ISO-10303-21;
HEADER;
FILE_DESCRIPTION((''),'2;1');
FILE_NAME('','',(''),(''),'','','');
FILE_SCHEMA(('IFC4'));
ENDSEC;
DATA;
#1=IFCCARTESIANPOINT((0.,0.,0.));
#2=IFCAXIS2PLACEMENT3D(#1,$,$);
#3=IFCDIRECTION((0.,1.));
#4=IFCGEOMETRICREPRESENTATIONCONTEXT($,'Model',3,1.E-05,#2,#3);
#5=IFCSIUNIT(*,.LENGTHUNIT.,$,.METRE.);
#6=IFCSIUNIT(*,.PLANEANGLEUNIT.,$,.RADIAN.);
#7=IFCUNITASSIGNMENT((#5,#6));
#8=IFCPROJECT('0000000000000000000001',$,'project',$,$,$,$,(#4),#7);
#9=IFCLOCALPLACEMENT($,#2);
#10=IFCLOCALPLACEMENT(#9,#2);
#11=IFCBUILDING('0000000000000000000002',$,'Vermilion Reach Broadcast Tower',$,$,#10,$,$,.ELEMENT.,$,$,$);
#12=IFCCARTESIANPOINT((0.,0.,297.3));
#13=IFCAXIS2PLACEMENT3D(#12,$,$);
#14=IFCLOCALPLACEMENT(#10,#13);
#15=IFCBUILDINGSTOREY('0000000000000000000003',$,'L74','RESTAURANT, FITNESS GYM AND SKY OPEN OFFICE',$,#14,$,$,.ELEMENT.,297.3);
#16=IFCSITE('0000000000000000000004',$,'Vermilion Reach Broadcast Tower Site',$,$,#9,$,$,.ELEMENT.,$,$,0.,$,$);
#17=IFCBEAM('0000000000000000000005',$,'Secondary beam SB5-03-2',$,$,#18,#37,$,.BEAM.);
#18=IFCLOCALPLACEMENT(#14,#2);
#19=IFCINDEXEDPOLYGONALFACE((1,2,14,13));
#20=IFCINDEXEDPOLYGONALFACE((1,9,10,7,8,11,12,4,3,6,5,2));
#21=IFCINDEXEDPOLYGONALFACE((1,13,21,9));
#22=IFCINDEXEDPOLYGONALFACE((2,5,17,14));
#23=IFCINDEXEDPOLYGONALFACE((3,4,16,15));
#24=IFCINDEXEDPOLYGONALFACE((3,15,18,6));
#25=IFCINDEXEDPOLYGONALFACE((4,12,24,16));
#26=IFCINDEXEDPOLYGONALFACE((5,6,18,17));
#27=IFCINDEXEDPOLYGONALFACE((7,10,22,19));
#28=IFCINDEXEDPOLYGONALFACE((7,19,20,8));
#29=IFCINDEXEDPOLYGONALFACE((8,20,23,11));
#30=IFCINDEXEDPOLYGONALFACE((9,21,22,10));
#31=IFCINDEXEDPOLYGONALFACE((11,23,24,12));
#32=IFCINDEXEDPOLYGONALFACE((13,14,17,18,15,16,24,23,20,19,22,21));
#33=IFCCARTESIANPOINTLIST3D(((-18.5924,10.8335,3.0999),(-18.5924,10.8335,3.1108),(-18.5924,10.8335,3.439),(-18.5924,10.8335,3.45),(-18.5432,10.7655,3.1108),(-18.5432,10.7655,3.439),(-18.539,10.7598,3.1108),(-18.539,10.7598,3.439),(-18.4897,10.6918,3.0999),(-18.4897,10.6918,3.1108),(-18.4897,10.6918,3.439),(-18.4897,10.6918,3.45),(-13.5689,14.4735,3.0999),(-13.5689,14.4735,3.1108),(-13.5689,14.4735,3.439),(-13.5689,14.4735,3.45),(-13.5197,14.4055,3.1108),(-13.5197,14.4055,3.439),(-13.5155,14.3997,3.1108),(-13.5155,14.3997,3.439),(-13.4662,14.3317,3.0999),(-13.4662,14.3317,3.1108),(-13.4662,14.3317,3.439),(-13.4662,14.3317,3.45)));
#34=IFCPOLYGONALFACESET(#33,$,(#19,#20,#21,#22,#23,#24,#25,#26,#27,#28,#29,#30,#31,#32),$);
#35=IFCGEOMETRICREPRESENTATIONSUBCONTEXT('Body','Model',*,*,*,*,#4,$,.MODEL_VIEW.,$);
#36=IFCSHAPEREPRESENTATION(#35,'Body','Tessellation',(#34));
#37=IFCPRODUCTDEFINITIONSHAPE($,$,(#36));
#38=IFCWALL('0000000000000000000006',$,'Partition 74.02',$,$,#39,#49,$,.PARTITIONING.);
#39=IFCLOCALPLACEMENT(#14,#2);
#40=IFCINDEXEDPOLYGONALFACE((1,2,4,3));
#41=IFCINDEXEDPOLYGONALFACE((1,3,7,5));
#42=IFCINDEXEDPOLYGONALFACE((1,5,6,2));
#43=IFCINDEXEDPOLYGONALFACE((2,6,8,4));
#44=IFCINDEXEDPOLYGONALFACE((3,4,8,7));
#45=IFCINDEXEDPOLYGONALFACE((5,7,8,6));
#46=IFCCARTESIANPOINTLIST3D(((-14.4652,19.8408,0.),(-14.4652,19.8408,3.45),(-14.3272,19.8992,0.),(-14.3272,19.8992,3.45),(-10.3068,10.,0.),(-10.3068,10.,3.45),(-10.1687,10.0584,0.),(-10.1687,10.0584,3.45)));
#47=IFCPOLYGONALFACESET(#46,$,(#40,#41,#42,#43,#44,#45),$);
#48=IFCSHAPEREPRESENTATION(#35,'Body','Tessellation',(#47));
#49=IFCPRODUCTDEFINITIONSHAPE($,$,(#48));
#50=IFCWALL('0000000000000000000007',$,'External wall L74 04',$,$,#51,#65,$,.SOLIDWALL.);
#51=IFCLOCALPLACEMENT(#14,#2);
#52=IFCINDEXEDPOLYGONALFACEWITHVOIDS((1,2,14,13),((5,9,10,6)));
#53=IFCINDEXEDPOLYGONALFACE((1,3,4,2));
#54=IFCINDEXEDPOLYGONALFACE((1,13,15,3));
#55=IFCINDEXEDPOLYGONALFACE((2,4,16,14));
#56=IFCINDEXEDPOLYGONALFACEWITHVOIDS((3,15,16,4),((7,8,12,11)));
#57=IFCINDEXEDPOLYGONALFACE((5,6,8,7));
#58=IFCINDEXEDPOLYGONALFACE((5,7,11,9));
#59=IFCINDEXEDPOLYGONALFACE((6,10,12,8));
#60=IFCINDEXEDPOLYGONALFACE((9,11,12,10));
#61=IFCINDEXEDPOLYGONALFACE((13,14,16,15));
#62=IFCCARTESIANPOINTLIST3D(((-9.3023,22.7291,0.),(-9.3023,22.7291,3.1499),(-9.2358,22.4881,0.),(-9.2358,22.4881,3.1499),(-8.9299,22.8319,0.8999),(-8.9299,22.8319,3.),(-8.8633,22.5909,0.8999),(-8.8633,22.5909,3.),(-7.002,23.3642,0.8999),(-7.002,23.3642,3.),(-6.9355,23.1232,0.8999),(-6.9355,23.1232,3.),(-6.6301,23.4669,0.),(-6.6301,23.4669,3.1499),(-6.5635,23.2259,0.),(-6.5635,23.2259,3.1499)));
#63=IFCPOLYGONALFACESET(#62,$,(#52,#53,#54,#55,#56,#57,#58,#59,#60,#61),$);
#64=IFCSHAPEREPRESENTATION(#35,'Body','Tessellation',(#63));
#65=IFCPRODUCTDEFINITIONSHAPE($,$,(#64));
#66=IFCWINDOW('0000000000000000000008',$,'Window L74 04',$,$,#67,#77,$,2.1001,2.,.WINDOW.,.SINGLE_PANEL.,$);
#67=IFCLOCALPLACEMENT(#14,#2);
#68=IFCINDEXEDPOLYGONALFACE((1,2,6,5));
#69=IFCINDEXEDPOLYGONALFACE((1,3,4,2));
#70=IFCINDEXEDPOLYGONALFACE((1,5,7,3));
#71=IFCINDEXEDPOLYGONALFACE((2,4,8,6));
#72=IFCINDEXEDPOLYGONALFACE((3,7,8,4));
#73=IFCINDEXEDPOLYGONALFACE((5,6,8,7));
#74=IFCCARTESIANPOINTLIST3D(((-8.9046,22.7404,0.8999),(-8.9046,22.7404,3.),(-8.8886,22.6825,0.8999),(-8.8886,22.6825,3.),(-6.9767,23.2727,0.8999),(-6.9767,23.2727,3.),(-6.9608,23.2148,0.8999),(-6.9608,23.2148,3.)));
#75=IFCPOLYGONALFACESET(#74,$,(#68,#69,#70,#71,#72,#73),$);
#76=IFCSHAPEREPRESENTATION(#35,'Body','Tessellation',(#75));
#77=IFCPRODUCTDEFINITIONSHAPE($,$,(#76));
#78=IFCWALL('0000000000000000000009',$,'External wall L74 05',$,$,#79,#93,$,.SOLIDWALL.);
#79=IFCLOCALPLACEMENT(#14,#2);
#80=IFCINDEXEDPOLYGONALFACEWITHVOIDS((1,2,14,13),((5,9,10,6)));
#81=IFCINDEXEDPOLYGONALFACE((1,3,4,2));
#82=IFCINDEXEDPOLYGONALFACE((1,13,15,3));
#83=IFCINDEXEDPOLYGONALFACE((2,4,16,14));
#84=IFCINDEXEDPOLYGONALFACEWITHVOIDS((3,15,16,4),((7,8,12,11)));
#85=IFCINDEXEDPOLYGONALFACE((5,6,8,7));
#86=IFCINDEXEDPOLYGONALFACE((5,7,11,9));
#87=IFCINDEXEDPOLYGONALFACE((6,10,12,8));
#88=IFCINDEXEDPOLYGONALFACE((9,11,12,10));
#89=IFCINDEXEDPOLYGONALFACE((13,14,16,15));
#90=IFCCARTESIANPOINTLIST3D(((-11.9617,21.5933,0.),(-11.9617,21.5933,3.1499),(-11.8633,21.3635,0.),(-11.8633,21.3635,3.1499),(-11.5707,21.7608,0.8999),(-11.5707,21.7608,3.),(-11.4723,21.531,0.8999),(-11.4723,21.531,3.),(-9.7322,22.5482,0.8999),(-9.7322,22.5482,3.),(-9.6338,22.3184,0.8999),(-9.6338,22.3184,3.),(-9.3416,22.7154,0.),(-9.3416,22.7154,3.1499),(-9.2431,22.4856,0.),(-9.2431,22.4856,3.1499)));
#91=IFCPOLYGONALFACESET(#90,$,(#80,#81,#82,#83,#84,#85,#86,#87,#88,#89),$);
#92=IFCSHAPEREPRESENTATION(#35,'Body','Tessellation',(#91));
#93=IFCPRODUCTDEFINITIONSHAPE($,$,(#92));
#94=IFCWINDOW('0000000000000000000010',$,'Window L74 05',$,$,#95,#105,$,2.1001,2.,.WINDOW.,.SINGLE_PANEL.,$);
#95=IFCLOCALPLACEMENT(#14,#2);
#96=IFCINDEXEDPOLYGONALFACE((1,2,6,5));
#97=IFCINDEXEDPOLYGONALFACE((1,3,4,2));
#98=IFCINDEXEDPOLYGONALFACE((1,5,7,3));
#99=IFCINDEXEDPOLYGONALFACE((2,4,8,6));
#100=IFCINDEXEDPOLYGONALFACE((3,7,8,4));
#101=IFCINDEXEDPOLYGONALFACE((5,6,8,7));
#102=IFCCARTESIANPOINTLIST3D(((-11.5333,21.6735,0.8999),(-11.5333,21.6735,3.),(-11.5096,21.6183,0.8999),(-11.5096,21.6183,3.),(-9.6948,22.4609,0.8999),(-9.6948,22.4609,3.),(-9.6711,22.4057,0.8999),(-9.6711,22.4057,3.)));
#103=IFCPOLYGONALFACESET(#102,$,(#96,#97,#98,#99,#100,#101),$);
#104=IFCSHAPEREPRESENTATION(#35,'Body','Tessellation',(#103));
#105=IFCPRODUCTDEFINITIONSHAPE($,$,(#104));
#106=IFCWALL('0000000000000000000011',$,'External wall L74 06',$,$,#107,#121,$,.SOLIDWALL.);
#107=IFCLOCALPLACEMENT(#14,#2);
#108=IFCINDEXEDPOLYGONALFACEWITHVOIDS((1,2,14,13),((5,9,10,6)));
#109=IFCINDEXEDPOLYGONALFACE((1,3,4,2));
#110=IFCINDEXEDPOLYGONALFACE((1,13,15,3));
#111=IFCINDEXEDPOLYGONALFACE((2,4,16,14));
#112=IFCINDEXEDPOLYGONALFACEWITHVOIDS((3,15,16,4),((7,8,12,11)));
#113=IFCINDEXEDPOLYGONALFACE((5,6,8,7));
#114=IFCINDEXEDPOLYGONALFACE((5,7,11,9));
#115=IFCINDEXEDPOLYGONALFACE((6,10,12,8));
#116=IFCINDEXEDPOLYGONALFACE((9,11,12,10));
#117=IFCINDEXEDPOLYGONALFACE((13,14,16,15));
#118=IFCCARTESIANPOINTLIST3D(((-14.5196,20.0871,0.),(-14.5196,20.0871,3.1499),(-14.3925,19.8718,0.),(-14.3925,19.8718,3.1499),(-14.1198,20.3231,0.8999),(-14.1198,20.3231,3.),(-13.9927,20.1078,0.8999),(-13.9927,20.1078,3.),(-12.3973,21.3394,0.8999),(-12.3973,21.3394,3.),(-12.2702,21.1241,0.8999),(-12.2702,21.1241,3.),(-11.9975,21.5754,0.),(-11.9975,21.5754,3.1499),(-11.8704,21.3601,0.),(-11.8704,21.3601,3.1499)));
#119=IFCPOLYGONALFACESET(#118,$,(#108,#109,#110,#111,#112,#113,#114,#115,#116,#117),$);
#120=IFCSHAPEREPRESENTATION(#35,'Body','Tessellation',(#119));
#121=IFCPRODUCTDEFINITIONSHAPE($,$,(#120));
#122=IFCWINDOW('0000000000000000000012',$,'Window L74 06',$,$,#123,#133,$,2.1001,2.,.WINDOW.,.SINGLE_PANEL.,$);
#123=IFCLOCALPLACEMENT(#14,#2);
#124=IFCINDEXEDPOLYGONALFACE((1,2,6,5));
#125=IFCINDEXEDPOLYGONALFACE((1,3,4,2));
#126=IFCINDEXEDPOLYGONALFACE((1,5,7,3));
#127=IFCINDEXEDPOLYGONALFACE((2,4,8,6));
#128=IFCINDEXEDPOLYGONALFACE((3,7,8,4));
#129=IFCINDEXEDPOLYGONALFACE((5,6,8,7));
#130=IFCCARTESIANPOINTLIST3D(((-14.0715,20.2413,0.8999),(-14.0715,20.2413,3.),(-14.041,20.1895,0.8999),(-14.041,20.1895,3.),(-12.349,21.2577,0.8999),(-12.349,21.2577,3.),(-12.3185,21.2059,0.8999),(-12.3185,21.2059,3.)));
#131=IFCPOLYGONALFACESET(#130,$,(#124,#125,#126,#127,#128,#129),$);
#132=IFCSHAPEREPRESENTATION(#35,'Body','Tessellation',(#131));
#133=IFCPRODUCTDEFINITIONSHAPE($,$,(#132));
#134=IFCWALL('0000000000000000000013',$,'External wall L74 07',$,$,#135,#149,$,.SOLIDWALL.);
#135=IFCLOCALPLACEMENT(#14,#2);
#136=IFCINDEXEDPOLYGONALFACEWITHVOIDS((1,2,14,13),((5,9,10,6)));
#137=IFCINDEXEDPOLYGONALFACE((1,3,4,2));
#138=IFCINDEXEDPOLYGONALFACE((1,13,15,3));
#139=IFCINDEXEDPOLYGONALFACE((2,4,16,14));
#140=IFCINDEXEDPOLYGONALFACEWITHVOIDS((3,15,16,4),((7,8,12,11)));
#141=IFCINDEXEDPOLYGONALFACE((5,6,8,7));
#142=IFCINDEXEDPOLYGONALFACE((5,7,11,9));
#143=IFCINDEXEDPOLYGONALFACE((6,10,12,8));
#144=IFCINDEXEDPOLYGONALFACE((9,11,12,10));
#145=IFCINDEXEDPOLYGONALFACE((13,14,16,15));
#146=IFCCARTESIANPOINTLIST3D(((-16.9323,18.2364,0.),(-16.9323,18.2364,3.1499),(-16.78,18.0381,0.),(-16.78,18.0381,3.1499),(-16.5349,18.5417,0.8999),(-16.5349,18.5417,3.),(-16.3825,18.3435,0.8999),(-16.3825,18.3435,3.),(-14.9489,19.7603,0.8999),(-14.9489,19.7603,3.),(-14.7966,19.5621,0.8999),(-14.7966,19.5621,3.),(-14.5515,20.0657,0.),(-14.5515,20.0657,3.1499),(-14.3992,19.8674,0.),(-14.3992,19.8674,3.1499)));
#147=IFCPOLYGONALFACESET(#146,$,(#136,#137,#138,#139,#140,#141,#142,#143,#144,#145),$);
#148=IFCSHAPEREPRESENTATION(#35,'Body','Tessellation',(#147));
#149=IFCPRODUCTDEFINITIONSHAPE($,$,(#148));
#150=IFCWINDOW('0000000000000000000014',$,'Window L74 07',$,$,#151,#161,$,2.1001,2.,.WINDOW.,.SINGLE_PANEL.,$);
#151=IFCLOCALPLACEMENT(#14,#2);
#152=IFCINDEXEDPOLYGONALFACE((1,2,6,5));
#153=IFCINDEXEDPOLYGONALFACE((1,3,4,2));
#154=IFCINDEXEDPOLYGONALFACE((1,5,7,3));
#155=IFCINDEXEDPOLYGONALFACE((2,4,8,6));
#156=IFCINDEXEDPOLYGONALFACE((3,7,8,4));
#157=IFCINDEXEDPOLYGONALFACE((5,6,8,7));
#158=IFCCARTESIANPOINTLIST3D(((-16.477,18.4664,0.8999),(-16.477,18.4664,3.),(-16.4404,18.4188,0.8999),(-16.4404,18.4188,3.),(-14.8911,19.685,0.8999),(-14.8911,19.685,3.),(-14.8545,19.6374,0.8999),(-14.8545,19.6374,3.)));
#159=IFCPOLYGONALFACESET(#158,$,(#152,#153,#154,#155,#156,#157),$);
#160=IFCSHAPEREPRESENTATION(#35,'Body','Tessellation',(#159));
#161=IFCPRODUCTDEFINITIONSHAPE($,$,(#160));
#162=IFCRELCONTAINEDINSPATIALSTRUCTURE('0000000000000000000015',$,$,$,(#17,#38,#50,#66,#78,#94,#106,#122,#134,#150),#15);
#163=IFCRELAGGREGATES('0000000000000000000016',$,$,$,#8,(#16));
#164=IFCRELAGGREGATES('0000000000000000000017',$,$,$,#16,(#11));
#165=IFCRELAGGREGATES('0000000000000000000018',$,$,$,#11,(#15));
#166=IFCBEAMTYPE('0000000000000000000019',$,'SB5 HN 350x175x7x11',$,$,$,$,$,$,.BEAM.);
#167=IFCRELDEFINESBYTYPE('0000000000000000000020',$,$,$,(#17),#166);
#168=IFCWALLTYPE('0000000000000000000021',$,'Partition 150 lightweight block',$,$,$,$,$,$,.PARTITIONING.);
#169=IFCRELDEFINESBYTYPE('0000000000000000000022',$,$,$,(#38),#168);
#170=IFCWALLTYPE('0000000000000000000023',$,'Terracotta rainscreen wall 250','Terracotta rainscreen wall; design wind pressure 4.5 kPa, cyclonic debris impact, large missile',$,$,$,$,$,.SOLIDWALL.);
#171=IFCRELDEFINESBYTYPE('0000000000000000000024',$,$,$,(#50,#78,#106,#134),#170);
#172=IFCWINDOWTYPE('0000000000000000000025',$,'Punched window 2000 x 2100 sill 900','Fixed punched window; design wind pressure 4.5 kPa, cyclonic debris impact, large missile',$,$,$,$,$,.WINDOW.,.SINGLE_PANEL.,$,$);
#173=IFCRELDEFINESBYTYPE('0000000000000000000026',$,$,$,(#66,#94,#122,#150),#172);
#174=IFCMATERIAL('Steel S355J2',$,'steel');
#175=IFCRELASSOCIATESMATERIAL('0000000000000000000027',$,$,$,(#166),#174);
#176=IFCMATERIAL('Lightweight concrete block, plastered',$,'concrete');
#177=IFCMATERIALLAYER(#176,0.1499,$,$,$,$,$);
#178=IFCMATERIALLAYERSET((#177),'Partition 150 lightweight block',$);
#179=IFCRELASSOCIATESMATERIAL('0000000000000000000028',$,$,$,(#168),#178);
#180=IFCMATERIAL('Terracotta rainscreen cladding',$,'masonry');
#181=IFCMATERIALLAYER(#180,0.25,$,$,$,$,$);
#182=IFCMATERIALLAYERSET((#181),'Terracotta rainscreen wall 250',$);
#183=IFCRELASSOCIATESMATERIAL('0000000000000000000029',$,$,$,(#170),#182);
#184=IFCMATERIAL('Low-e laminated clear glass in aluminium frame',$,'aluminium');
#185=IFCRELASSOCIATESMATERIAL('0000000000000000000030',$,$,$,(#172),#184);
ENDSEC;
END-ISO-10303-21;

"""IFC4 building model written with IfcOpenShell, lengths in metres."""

from ifc_helpers import new_model, si_unit, direction, frame, frame_2d, origin, origin_2d, place, context, subcontext, project, spatial, rectangle, i_section, extrude, material, layer, layer_set, material_profile, profile_set, type_object, element, fill, save


model = new_model("IFC4")

# Units and contexts
model_context = context("Model", 3, precision=1e-05, world=origin(), true_north=direction((0.0, 1.0)))
body_context = subcontext(model_context, "Body", "Model", "MODEL_VIEW")
ifc_project = project(units=[si_unit("LENGTHUNIT", "METRE"), si_unit("PLANEANGLEUNIT", "RADIAN")], contexts=[model_context])

# Site, building, storey
site_placement = place(None, origin())
site = spatial("IfcSite", under=ifc_project, at=site_placement, Name="Vermilion Reach Broadcast Tower Site", CompositionType="ELEMENT", RefElevation=0.0)
building_placement = place(site_placement, origin())
building = spatial("IfcBuilding", under=site, at=building_placement, Name="Vermilion Reach Broadcast Tower", CompositionType="ELEMENT")
storey_placement = place(building_placement, frame((0.0, 0.0, 297.3)))
storey = spatial("IfcBuildingStorey", under=building, at=storey_placement, Name="L74", Description="RESTAURANT, FITNESS GYM AND SKY OPEN OFFICE", CompositionType="ELEMENT", Elevation=297.3)

# Beam
ifc_material_1 = material(Name="Steel S355J2", Category="steel")
ifc_material_profile_1 = material_profile(ifc_material_1, i_section(OverallWidth=0.175, OverallDepth=0.3501, WebThickness=0.0071, FlangeThickness=0.011, at=origin_2d()), Name="S355J2 HN 350x175x7x11")
ifc_profile_set_1 = profile_set([ifc_material_profile_1], Name="Steel S355J2")
beam_type_1 = type_object("IfcBeamType", Name="SB5 HN 350x175x7x11", PredefinedType="BEAM", material=ifc_profile_set_1)
beam_1_placement = place(storey_placement, frame((-13.5176, 14.4026, 3.2749), z_axis=(-0.809771, -0.586746, 0.0), x_axis=(0.586746, -0.809771, 0.0)))
element("IfcBeam", 1, at=beam_1_placement, inside=storey, type_object=beam_type_1, Name="Secondary beam SB5-03-2", PredefinedType="BEAM", context=body_context, shape_type="SweptSolid", body=[
    extrude(i_section(OverallWidth=0.175, OverallDepth=0.3501, WebThickness=0.0071, FlangeThickness=0.011, at=origin_2d()), origin(), (0.0, 0.0, 1.0), 6.2036),
])

# Wall
ifc_material_2 = material(Name="Lightweight concrete block, plastered", Category="concrete")
ifc_layer_1 = layer(ifc_material_2, 0.1499)
ifc_layer_set_1 = layer_set([ifc_layer_1], Name="Partition 150 lightweight block")
wall_type_1 = type_object("IfcWallType", Name="Partition 150 lightweight block", PredefinedType="PARTITIONING", material=ifc_layer_set_1)
wall_1_placement = place(storey_placement, frame((-14.3962, 19.8701, 0.0), z_axis=(0.0, 0.0, 1.0), x_axis=(0.389245, -0.921134, 0.0)))
element("IfcWall", 2, at=wall_1_placement, inside=storey, type_object=wall_type_1, Name="Partition 74.02", PredefinedType="PARTITIONING", context=body_context, shape_type="SweptSolid", body=[
    extrude(rectangle(XDim=10.6833, YDim=0.1499, at=frame_2d((5.3418, 0.0))), origin(), (0.0, 0.0, 1.0), 3.45),
])

# Walls, openings, windows
ifc_material_3 = material(Name="Terracotta rainscreen cladding", Category="masonry")
ifc_layer_2 = layer(ifc_material_3, 0.25)
ifc_layer_set_2 = layer_set([ifc_layer_2], Name="Terracotta rainscreen wall 250")
wall_type_2 = type_object("IfcWallType", Name="Terracotta rainscreen wall 250", Description="Terracotta rainscreen wall; design wind pressure 4.5 kPa, cyclonic debris impact, large missile", PredefinedType="SOLIDWALL", material=ifc_layer_set_2)
wall_2_placement = place(storey_placement, frame((-6.5967, 23.3464, 0.0), z_axis=(0.0, 0.0, 1.0), x_axis=(-0.963932, -0.266149, 0.0)))
wall_2 = element("IfcWall", 3, at=wall_2_placement, inside=storey, type_object=wall_type_2, Name="External wall L74 04", PredefinedType="SOLIDWALL", context=body_context, shape_type="SweptSolid", body=[
    extrude(rectangle(XDim=2.7722, YDim=0.25, at=frame_2d((1.3862, 0.0))), origin(), (0.0, 0.0, 1.0), 3.1499),
])
opening_1_placement = place(wall_2_placement, frame((0.386, 0.0, 0.8999)))
opening_1 = element("IfcOpeningElement", 4, at=opening_1_placement, cuts=wall_2, PredefinedType="OPENING", context=body_context, shape_type="SweptSolid", body=[
    extrude(rectangle(XDim=2.0, YDim=2.1001, at=frame_2d((1.0, 1.05))), frame((0.0, 0.135, 0.0), z_axis=(0.0, -1.0, 0.0), x_axis=(1.0, 0.0, 0.0)), (0.0, 0.0, 1.0), 0.27),
])
ifc_material_4 = material(Name="Low-e laminated clear glass in aluminium frame", Category="aluminium")
window_type = type_object("IfcWindowType", Name="Punched window 2000 x 2100 sill 900", Description="Fixed punched window; design wind pressure 4.5 kPa, cyclonic debris impact, large missile", PartitioningType="SINGLE_PANEL", PredefinedType="WINDOW", material=ifc_material_4)
window_1_placement = place(opening_1_placement, origin())
window_1 = element("IfcWindow", 5, at=window_1_placement, inside=storey, type_object=window_type, Name="Window L74 04", OverallHeight=2.1001, OverallWidth=2.0, PartitioningType="SINGLE_PANEL", PredefinedType="WINDOW", context=body_context, shape_type="SweptSolid", body=[
    extrude(rectangle(XDim=2.0, YDim=2.1001, at=frame_2d((1.0, 1.05))), frame((0.0, 0.03, 0.0), z_axis=(0.0, -1.0, 0.0), x_axis=(1.0, 0.0, 0.0)), (0.0, 0.0, 1.0), 0.0601),
])
fill(opening_1, window_1)
wall_3_placement = place(storey_placement, frame((-9.2922, 22.6006, 0.0), z_axis=(0.0, 0.0, 1.0), x_axis=(-0.919251, -0.393671, 0.0)))
wall_3 = element("IfcWall", 6, at=wall_3_placement, inside=storey, type_object=wall_type_2, Name="External wall L74 05", PredefinedType="SOLIDWALL", context=body_context, shape_type="SweptSolid", body=[
    extrude(rectangle(XDim=2.8503, YDim=0.25, at=frame_2d((1.4253, 0.0))), origin(), (0.0, 0.0, 1.0), 3.1499),
])
opening_2_placement = place(wall_3_placement, frame((0.425, 0.0, 0.8999)))
opening_2 = element("IfcOpeningElement", 7, at=opening_2_placement, cuts=wall_3, PredefinedType="OPENING", context=body_context, shape_type="SweptSolid", body=[
    extrude(rectangle(XDim=2.0, YDim=2.1001, at=frame_2d((1.0, 1.05))), frame((0.0, 0.135, 0.0), z_axis=(0.0, -1.0, 0.0), x_axis=(1.0, 0.0, 0.0)), (0.0, 0.0, 1.0), 0.27),
])
window_2_placement = place(opening_2_placement, origin())
window_2 = element("IfcWindow", 8, at=window_2_placement, inside=storey, type_object=window_type, Name="Window L74 05", OverallHeight=2.1001, OverallWidth=2.0, PartitioningType="SINGLE_PANEL", PredefinedType="WINDOW", context=body_context, shape_type="SweptSolid", body=[
    extrude(rectangle(XDim=2.0, YDim=2.1001, at=frame_2d((1.0, 1.05))), frame((0.0, 0.03, 0.0), z_axis=(0.0, -1.0, 0.0), x_axis=(1.0, 0.0, 0.0)), (0.0, 0.0, 1.0), 0.0601),
])
fill(opening_2, window_2)
wall_4_placement = place(storey_placement, frame((-11.9338, 21.4678, 0.0), z_axis=(0.0, 0.0, 1.0), x_axis=(-0.861243, -0.508193, 0.0)))
wall_4 = element("IfcWall", 9, at=wall_4_placement, inside=storey, type_object=wall_type_2, Name="External wall L74 06", PredefinedType="SOLIDWALL", context=body_context, shape_type="SweptSolid", body=[
    extrude(rectangle(XDim=2.9285, YDim=0.25, at=frame_2d((1.4644, 0.0))), origin(), (0.0, 0.0, 1.0), 3.1499),
])
opening_3_placement = place(wall_4_placement, frame((0.4644, 0.0, 0.8999)))
opening_3 = element("IfcOpeningElement", 10, at=opening_3_placement, cuts=wall_4, PredefinedType="OPENING", context=body_context, shape_type="SweptSolid", body=[
    extrude(rectangle(XDim=2.0, YDim=2.1001, at=frame_2d((1.0, 1.05))), frame((0.0, 0.135, 0.0), z_axis=(0.0, -1.0, 0.0), x_axis=(1.0, 0.0, 0.0)), (0.0, 0.0, 1.0), 0.27),
])
window_3_placement = place(opening_3_placement, origin())
window_3 = element("IfcWindow", 11, at=window_3_placement, inside=storey, type_object=window_type, Name="Window L74 06", OverallHeight=2.1001, OverallWidth=2.0, PartitioningType="SINGLE_PANEL", PredefinedType="WINDOW", context=body_context, shape_type="SweptSolid", body=[
    extrude(rectangle(XDim=2.0, YDim=2.1001, at=frame_2d((1.0, 1.05))), frame((0.0, 0.03, 0.0), z_axis=(0.0, -1.0, 0.0), x_axis=(1.0, 0.0, 0.0)), (0.0, 0.0, 1.0), 0.0601),
])
fill(opening_3, window_3)
wall_5_placement = place(storey_placement, frame((-14.4753, 19.9666, 0.0), z_axis=(0.0, 0.0, 1.0), x_axis=(-0.792959, -0.609274, 0.0)))
wall_5 = element("IfcWall", 12, at=wall_5_placement, inside=storey, type_object=wall_type_2, Name="External wall L74 07", PredefinedType="SOLIDWALL", context=body_context, shape_type="SweptSolid", body=[
    extrude(rectangle(XDim=3.0024, YDim=0.25, at=frame_2d((1.5012, 0.0))), origin(), (0.0, 0.0, 1.0), 3.1499),
])
opening_4_placement = place(wall_5_placement, frame((0.5012, 0.0, 0.8999)))
opening_4 = element("IfcOpeningElement", 13, at=opening_4_placement, cuts=wall_5, PredefinedType="OPENING", context=body_context, shape_type="SweptSolid", body=[
    extrude(rectangle(XDim=2.0, YDim=2.1001, at=frame_2d((1.0, 1.05))), frame((0.0, 0.135, 0.0), z_axis=(0.0, -1.0, 0.0), x_axis=(1.0, 0.0, 0.0)), (0.0, 0.0, 1.0), 0.27),
])
window_4_placement = place(opening_4_placement, origin())
window_4 = element("IfcWindow", 14, at=window_4_placement, inside=storey, type_object=window_type, Name="Window L74 07", OverallHeight=2.1001, OverallWidth=2.0, PartitioningType="SINGLE_PANEL", PredefinedType="WINDOW", context=body_context, shape_type="SweptSolid", body=[
    extrude(rectangle(XDim=2.0, YDim=2.1001, at=frame_2d((1.0, 1.05))), frame((0.0, 0.03, 0.0), z_axis=(0.0, -1.0, 0.0), x_axis=(1.0, 0.0, 0.0)), (0.0, 0.0, 1.0), 0.0601),
])
fill(opening_4, window_4)

save(model, "model.ifc")
